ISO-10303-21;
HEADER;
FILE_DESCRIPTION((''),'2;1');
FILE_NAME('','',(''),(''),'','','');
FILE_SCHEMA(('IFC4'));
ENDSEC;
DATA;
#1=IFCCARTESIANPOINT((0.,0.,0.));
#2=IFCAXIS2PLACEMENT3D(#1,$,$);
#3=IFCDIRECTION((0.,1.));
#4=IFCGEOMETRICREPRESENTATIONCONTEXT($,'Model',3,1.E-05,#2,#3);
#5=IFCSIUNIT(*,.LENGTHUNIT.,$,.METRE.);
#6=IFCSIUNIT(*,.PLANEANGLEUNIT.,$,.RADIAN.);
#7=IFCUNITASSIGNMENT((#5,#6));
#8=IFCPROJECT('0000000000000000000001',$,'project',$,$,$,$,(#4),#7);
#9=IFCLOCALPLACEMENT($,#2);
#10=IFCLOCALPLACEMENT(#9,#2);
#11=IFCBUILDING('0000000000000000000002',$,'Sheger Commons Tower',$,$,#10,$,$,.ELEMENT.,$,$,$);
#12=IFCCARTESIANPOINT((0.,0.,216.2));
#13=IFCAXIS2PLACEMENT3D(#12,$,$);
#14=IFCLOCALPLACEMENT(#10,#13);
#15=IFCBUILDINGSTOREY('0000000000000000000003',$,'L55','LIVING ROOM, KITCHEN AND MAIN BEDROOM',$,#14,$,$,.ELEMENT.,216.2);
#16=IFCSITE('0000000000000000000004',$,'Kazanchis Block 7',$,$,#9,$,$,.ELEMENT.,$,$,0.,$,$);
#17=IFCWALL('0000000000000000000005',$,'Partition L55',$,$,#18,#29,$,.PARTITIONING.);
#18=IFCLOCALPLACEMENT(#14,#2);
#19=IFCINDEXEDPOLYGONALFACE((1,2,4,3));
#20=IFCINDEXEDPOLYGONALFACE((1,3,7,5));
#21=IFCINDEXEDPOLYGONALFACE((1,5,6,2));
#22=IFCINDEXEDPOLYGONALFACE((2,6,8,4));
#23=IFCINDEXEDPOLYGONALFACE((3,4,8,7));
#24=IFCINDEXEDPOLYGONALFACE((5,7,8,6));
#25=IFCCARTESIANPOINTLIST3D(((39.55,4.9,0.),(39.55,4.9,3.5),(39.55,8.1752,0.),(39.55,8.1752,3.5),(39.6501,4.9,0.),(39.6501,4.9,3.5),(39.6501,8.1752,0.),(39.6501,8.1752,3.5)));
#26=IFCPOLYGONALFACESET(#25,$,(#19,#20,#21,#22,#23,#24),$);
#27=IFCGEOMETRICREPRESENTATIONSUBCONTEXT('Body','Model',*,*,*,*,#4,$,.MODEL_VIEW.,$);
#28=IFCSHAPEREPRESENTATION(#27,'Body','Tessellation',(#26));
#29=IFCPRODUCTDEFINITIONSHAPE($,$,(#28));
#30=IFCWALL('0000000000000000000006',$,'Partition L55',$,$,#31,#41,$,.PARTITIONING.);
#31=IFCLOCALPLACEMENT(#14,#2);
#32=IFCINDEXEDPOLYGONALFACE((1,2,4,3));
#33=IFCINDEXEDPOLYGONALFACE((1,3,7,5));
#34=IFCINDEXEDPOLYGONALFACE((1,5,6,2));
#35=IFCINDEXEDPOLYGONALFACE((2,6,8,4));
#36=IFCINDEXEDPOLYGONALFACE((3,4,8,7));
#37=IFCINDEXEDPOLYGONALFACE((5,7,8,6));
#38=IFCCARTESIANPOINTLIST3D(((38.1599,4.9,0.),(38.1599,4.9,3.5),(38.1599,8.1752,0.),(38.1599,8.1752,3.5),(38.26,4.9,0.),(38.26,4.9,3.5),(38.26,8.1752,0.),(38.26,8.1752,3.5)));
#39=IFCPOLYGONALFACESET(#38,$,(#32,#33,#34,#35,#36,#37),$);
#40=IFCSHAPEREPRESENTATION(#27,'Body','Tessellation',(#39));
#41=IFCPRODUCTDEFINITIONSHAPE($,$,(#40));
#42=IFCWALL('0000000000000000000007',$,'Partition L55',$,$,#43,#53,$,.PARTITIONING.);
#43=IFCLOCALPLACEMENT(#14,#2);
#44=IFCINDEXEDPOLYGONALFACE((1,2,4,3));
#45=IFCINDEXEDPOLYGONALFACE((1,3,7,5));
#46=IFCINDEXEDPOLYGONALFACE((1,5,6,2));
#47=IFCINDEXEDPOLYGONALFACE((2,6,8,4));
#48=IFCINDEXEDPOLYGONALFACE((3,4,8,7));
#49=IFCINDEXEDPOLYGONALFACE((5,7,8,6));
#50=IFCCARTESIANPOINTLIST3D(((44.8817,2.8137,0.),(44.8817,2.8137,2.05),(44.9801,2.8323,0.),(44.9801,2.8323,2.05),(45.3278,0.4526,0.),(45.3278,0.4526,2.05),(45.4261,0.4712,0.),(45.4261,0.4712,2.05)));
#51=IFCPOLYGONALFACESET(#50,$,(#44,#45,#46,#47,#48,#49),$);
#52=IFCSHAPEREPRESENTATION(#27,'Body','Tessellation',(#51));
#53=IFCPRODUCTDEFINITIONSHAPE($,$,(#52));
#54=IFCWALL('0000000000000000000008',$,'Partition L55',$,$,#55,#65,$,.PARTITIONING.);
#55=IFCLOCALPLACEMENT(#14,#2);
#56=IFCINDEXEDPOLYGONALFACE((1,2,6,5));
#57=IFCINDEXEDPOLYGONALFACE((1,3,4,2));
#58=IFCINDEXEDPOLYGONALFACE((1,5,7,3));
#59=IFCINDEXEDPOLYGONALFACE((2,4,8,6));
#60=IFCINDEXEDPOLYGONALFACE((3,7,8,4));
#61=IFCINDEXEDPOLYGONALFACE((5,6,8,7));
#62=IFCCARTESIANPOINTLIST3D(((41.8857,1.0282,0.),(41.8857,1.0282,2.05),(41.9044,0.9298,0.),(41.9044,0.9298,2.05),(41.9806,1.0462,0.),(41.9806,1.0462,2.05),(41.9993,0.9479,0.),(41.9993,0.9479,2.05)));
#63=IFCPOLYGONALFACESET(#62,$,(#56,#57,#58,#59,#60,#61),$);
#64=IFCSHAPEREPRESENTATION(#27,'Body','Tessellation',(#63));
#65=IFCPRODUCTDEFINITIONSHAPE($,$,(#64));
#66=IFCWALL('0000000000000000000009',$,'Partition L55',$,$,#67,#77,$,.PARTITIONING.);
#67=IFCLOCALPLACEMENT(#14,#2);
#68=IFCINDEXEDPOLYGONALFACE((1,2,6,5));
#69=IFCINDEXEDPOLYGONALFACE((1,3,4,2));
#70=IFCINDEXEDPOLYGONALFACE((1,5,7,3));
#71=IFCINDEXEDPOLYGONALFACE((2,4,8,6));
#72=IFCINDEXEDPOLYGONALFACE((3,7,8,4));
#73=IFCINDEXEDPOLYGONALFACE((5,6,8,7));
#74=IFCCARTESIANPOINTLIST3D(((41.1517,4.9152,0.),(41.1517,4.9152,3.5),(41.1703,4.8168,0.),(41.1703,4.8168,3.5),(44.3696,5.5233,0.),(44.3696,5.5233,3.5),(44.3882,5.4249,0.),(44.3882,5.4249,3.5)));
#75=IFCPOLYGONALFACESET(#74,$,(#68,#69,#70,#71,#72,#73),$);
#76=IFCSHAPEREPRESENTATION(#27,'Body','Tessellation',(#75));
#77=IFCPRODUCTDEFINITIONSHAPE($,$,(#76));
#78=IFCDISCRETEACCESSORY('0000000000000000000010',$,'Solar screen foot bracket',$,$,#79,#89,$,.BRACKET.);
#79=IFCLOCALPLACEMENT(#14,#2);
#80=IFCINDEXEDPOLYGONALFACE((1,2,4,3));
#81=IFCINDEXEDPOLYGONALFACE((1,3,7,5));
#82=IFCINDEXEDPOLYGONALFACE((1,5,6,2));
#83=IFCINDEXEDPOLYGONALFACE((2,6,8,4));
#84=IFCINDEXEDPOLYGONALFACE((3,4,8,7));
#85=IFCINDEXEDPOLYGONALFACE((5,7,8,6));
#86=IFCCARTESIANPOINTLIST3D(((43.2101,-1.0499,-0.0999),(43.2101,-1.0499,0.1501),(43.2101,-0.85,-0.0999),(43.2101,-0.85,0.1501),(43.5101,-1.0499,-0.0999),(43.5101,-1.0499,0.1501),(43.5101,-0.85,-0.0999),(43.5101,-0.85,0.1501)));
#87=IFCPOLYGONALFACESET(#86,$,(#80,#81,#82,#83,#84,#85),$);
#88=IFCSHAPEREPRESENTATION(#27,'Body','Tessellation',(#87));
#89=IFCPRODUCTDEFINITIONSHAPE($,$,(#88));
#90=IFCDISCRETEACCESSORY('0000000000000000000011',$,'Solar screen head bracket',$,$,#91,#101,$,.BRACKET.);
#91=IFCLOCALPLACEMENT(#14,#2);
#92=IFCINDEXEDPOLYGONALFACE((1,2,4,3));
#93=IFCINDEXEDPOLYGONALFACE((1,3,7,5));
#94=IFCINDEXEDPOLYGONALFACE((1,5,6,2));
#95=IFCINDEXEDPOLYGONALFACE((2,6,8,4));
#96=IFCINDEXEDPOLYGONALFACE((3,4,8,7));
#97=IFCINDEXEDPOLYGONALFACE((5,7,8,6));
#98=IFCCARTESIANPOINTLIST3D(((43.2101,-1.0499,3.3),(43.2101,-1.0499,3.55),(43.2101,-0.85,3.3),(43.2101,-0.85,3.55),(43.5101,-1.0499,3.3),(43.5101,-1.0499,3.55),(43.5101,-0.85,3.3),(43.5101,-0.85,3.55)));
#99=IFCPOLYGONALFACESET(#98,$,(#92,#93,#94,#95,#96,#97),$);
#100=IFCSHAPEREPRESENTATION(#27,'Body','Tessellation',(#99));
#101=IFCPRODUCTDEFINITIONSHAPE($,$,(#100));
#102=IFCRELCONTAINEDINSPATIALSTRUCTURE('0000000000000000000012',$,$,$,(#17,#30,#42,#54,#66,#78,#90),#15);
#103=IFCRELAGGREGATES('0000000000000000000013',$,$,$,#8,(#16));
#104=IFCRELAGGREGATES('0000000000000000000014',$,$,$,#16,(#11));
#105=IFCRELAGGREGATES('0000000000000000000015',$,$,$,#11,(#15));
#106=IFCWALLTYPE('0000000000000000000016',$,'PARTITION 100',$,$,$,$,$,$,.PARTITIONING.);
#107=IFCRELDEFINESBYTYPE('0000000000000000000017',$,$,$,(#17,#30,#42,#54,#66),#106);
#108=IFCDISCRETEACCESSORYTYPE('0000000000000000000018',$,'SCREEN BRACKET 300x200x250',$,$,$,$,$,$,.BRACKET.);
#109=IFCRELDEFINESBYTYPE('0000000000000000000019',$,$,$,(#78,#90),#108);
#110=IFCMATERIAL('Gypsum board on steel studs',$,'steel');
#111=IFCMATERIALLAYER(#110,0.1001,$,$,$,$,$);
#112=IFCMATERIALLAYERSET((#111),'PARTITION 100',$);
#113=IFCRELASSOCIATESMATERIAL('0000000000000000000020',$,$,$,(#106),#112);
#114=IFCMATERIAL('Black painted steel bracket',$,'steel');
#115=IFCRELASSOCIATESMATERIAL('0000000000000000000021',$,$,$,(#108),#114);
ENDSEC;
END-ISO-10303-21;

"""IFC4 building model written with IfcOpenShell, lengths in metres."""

from ifc_helpers import new_model, si_unit, direction, frame, frame_2d, origin, origin_2d, place, context, subcontext, project, spatial, rectangle, extrude, material, layer, layer_set, type_object, element, save


model = new_model("IFC4")

# Units and contexts
model_context = context("Model", 3, precision=1e-05, world=origin(), true_north=direction((0.0, 1.0)))
body_context = subcontext(model_context, "Body", "Model", "MODEL_VIEW")
ifc_project = project(units=[si_unit("LENGTHUNIT", "METRE"), si_unit("PLANEANGLEUNIT", "RADIAN")], contexts=[model_context])

# Site, building, storey
site_placement = place(None, origin())
site = spatial("IfcSite", under=ifc_project, at=site_placement, Name="Kazanchis Block 7", CompositionType="ELEMENT", RefElevation=0.0)
building_placement = place(site_placement, origin())
building = spatial("IfcBuilding", under=site, at=building_placement, Name="Sheger Commons Tower", CompositionType="ELEMENT")
storey_placement = place(building_placement, frame((0.0, 0.0, 216.2)))
storey = spatial("IfcBuildingStorey", under=building, at=storey_placement, Name="L55", Description="LIVING ROOM, KITCHEN AND MAIN BEDROOM", CompositionType="ELEMENT", Elevation=216.2)

# Shared definitions
ifc_material_1 = material(Name="Gypsum board on steel studs", Category="steel")
ifc_layer_1 = layer(ifc_material_1, 0.1001)
ifc_layer_set_1 = layer_set([ifc_layer_1], Name="PARTITION 100")
wall_type_1 = type_object("IfcWallType", Name="PARTITION 100", PredefinedType="PARTITIONING", material=ifc_layer_set_1)

# Walls
for number, where, z_axis, x_axis, name in (
    (1, (39.6001, 4.8999, 0.0), (0.0, 0.0, 1.0), (0.0, 1.0, 0.0), "Partition L55"),
    (2, (38.21, 4.8999, 0.0), (0.0, 0.0, 1.0), (0.0, 1.0, 0.0), "Partition L55"),
):
    element("IfcWall", number, at=place(storey_placement, frame(where, z_axis=z_axis, x_axis=x_axis)), inside=storey, type_object=wall_type_1, Name=name, PredefinedType="PARTITIONING", context=body_context, shape_type="SweptSolid", body=[
        extrude(rectangle(XDim=3.2751, YDim=0.1001, at=frame_2d((1.6377, 0.0))), origin(), (0.0, 0.0, 1.0), 3.5),
    ])
wall_1_placement = place(storey_placement, frame((44.9309, 2.823, 0.0), z_axis=(0.0, 0.0, 1.0), x_axis=(0.185632, -0.982619, 0.0)))
element("IfcWall", 3, at=wall_1_placement, inside=storey, type_object=wall_type_1, Name="Partition L55", PredefinedType="PARTITIONING", context=body_context, shape_type="SweptSolid", body=[
    extrude(rectangle(XDim=2.4028, YDim=0.1001, at=frame_2d((1.2014, 0.0))), origin(), (0.0, 0.0, 1.0), 2.05),
])
wall_2_placement = place(storey_placement, frame((41.99, 0.9971, 0.0), z_axis=(0.0, 0.0, 1.0), x_axis=(-0.982383, -0.18688, 0.0)))
element("IfcWall", 4, at=wall_2_placement, inside=storey, type_object=wall_type_1, Name="Partition L55", PredefinedType="PARTITIONING", context=body_context, shape_type="SweptSolid", body=[
    extrude(rectangle(XDim=0.0967, YDim=0.1001, at=frame_2d((0.0483, 0.0))), origin(), (0.0, 0.0, 1.0), 2.05),
])
wall_3_placement = place(storey_placement, frame((44.3789, 5.4741, 0.0), z_axis=(0.0, 0.0, 1.0), x_axis=(-0.982607, -0.185697, 0.0)))
element("IfcWall", 5, at=wall_3_placement, inside=storey, type_object=wall_type_1, Name="Partition L55", PredefinedType="PARTITIONING", context=body_context, shape_type="SweptSolid", body=[
    extrude(rectangle(XDim=3.2749, YDim=0.1001, at=frame_2d((1.6375, 0.0))), origin(), (0.0, 0.0, 1.0), 3.5),
])

# Discrete accessories
ifc_material_2 = material(Name="Black painted steel bracket", Category="steel")
discrete_accessory_type = type_object("IfcDiscreteAccessoryType", Name="SCREEN BRACKET 300x200x250", PredefinedType="BRACKET", material=ifc_material_2)
for number, where, z_axis, x_axis, name in (
    (6, (43.3601, -0.95, -0.0999), (0.0, 0.0, 1.0), (1.0, 0.0, 0.0), "Solar screen foot bracket"),
    (7, (43.3601, -0.95, 3.3), (0.0, 0.0, 1.0), (1.0, 0.0, 0.0), "Solar screen head bracket"),
):
    element("IfcDiscreteAccessory", number, at=place(storey_placement, frame(where, z_axis=z_axis, x_axis=x_axis)), inside=storey, type_object=discrete_accessory_type, Name=name, PredefinedType="BRACKET", context=body_context, shape_type="SweptSolid", body=[
        extrude(rectangle(XDim=0.3, YDim=0.2, at=origin_2d()), origin(), (0.0, 0.0, 1.0), 0.25),
    ])

save(model, "model.ifc")
